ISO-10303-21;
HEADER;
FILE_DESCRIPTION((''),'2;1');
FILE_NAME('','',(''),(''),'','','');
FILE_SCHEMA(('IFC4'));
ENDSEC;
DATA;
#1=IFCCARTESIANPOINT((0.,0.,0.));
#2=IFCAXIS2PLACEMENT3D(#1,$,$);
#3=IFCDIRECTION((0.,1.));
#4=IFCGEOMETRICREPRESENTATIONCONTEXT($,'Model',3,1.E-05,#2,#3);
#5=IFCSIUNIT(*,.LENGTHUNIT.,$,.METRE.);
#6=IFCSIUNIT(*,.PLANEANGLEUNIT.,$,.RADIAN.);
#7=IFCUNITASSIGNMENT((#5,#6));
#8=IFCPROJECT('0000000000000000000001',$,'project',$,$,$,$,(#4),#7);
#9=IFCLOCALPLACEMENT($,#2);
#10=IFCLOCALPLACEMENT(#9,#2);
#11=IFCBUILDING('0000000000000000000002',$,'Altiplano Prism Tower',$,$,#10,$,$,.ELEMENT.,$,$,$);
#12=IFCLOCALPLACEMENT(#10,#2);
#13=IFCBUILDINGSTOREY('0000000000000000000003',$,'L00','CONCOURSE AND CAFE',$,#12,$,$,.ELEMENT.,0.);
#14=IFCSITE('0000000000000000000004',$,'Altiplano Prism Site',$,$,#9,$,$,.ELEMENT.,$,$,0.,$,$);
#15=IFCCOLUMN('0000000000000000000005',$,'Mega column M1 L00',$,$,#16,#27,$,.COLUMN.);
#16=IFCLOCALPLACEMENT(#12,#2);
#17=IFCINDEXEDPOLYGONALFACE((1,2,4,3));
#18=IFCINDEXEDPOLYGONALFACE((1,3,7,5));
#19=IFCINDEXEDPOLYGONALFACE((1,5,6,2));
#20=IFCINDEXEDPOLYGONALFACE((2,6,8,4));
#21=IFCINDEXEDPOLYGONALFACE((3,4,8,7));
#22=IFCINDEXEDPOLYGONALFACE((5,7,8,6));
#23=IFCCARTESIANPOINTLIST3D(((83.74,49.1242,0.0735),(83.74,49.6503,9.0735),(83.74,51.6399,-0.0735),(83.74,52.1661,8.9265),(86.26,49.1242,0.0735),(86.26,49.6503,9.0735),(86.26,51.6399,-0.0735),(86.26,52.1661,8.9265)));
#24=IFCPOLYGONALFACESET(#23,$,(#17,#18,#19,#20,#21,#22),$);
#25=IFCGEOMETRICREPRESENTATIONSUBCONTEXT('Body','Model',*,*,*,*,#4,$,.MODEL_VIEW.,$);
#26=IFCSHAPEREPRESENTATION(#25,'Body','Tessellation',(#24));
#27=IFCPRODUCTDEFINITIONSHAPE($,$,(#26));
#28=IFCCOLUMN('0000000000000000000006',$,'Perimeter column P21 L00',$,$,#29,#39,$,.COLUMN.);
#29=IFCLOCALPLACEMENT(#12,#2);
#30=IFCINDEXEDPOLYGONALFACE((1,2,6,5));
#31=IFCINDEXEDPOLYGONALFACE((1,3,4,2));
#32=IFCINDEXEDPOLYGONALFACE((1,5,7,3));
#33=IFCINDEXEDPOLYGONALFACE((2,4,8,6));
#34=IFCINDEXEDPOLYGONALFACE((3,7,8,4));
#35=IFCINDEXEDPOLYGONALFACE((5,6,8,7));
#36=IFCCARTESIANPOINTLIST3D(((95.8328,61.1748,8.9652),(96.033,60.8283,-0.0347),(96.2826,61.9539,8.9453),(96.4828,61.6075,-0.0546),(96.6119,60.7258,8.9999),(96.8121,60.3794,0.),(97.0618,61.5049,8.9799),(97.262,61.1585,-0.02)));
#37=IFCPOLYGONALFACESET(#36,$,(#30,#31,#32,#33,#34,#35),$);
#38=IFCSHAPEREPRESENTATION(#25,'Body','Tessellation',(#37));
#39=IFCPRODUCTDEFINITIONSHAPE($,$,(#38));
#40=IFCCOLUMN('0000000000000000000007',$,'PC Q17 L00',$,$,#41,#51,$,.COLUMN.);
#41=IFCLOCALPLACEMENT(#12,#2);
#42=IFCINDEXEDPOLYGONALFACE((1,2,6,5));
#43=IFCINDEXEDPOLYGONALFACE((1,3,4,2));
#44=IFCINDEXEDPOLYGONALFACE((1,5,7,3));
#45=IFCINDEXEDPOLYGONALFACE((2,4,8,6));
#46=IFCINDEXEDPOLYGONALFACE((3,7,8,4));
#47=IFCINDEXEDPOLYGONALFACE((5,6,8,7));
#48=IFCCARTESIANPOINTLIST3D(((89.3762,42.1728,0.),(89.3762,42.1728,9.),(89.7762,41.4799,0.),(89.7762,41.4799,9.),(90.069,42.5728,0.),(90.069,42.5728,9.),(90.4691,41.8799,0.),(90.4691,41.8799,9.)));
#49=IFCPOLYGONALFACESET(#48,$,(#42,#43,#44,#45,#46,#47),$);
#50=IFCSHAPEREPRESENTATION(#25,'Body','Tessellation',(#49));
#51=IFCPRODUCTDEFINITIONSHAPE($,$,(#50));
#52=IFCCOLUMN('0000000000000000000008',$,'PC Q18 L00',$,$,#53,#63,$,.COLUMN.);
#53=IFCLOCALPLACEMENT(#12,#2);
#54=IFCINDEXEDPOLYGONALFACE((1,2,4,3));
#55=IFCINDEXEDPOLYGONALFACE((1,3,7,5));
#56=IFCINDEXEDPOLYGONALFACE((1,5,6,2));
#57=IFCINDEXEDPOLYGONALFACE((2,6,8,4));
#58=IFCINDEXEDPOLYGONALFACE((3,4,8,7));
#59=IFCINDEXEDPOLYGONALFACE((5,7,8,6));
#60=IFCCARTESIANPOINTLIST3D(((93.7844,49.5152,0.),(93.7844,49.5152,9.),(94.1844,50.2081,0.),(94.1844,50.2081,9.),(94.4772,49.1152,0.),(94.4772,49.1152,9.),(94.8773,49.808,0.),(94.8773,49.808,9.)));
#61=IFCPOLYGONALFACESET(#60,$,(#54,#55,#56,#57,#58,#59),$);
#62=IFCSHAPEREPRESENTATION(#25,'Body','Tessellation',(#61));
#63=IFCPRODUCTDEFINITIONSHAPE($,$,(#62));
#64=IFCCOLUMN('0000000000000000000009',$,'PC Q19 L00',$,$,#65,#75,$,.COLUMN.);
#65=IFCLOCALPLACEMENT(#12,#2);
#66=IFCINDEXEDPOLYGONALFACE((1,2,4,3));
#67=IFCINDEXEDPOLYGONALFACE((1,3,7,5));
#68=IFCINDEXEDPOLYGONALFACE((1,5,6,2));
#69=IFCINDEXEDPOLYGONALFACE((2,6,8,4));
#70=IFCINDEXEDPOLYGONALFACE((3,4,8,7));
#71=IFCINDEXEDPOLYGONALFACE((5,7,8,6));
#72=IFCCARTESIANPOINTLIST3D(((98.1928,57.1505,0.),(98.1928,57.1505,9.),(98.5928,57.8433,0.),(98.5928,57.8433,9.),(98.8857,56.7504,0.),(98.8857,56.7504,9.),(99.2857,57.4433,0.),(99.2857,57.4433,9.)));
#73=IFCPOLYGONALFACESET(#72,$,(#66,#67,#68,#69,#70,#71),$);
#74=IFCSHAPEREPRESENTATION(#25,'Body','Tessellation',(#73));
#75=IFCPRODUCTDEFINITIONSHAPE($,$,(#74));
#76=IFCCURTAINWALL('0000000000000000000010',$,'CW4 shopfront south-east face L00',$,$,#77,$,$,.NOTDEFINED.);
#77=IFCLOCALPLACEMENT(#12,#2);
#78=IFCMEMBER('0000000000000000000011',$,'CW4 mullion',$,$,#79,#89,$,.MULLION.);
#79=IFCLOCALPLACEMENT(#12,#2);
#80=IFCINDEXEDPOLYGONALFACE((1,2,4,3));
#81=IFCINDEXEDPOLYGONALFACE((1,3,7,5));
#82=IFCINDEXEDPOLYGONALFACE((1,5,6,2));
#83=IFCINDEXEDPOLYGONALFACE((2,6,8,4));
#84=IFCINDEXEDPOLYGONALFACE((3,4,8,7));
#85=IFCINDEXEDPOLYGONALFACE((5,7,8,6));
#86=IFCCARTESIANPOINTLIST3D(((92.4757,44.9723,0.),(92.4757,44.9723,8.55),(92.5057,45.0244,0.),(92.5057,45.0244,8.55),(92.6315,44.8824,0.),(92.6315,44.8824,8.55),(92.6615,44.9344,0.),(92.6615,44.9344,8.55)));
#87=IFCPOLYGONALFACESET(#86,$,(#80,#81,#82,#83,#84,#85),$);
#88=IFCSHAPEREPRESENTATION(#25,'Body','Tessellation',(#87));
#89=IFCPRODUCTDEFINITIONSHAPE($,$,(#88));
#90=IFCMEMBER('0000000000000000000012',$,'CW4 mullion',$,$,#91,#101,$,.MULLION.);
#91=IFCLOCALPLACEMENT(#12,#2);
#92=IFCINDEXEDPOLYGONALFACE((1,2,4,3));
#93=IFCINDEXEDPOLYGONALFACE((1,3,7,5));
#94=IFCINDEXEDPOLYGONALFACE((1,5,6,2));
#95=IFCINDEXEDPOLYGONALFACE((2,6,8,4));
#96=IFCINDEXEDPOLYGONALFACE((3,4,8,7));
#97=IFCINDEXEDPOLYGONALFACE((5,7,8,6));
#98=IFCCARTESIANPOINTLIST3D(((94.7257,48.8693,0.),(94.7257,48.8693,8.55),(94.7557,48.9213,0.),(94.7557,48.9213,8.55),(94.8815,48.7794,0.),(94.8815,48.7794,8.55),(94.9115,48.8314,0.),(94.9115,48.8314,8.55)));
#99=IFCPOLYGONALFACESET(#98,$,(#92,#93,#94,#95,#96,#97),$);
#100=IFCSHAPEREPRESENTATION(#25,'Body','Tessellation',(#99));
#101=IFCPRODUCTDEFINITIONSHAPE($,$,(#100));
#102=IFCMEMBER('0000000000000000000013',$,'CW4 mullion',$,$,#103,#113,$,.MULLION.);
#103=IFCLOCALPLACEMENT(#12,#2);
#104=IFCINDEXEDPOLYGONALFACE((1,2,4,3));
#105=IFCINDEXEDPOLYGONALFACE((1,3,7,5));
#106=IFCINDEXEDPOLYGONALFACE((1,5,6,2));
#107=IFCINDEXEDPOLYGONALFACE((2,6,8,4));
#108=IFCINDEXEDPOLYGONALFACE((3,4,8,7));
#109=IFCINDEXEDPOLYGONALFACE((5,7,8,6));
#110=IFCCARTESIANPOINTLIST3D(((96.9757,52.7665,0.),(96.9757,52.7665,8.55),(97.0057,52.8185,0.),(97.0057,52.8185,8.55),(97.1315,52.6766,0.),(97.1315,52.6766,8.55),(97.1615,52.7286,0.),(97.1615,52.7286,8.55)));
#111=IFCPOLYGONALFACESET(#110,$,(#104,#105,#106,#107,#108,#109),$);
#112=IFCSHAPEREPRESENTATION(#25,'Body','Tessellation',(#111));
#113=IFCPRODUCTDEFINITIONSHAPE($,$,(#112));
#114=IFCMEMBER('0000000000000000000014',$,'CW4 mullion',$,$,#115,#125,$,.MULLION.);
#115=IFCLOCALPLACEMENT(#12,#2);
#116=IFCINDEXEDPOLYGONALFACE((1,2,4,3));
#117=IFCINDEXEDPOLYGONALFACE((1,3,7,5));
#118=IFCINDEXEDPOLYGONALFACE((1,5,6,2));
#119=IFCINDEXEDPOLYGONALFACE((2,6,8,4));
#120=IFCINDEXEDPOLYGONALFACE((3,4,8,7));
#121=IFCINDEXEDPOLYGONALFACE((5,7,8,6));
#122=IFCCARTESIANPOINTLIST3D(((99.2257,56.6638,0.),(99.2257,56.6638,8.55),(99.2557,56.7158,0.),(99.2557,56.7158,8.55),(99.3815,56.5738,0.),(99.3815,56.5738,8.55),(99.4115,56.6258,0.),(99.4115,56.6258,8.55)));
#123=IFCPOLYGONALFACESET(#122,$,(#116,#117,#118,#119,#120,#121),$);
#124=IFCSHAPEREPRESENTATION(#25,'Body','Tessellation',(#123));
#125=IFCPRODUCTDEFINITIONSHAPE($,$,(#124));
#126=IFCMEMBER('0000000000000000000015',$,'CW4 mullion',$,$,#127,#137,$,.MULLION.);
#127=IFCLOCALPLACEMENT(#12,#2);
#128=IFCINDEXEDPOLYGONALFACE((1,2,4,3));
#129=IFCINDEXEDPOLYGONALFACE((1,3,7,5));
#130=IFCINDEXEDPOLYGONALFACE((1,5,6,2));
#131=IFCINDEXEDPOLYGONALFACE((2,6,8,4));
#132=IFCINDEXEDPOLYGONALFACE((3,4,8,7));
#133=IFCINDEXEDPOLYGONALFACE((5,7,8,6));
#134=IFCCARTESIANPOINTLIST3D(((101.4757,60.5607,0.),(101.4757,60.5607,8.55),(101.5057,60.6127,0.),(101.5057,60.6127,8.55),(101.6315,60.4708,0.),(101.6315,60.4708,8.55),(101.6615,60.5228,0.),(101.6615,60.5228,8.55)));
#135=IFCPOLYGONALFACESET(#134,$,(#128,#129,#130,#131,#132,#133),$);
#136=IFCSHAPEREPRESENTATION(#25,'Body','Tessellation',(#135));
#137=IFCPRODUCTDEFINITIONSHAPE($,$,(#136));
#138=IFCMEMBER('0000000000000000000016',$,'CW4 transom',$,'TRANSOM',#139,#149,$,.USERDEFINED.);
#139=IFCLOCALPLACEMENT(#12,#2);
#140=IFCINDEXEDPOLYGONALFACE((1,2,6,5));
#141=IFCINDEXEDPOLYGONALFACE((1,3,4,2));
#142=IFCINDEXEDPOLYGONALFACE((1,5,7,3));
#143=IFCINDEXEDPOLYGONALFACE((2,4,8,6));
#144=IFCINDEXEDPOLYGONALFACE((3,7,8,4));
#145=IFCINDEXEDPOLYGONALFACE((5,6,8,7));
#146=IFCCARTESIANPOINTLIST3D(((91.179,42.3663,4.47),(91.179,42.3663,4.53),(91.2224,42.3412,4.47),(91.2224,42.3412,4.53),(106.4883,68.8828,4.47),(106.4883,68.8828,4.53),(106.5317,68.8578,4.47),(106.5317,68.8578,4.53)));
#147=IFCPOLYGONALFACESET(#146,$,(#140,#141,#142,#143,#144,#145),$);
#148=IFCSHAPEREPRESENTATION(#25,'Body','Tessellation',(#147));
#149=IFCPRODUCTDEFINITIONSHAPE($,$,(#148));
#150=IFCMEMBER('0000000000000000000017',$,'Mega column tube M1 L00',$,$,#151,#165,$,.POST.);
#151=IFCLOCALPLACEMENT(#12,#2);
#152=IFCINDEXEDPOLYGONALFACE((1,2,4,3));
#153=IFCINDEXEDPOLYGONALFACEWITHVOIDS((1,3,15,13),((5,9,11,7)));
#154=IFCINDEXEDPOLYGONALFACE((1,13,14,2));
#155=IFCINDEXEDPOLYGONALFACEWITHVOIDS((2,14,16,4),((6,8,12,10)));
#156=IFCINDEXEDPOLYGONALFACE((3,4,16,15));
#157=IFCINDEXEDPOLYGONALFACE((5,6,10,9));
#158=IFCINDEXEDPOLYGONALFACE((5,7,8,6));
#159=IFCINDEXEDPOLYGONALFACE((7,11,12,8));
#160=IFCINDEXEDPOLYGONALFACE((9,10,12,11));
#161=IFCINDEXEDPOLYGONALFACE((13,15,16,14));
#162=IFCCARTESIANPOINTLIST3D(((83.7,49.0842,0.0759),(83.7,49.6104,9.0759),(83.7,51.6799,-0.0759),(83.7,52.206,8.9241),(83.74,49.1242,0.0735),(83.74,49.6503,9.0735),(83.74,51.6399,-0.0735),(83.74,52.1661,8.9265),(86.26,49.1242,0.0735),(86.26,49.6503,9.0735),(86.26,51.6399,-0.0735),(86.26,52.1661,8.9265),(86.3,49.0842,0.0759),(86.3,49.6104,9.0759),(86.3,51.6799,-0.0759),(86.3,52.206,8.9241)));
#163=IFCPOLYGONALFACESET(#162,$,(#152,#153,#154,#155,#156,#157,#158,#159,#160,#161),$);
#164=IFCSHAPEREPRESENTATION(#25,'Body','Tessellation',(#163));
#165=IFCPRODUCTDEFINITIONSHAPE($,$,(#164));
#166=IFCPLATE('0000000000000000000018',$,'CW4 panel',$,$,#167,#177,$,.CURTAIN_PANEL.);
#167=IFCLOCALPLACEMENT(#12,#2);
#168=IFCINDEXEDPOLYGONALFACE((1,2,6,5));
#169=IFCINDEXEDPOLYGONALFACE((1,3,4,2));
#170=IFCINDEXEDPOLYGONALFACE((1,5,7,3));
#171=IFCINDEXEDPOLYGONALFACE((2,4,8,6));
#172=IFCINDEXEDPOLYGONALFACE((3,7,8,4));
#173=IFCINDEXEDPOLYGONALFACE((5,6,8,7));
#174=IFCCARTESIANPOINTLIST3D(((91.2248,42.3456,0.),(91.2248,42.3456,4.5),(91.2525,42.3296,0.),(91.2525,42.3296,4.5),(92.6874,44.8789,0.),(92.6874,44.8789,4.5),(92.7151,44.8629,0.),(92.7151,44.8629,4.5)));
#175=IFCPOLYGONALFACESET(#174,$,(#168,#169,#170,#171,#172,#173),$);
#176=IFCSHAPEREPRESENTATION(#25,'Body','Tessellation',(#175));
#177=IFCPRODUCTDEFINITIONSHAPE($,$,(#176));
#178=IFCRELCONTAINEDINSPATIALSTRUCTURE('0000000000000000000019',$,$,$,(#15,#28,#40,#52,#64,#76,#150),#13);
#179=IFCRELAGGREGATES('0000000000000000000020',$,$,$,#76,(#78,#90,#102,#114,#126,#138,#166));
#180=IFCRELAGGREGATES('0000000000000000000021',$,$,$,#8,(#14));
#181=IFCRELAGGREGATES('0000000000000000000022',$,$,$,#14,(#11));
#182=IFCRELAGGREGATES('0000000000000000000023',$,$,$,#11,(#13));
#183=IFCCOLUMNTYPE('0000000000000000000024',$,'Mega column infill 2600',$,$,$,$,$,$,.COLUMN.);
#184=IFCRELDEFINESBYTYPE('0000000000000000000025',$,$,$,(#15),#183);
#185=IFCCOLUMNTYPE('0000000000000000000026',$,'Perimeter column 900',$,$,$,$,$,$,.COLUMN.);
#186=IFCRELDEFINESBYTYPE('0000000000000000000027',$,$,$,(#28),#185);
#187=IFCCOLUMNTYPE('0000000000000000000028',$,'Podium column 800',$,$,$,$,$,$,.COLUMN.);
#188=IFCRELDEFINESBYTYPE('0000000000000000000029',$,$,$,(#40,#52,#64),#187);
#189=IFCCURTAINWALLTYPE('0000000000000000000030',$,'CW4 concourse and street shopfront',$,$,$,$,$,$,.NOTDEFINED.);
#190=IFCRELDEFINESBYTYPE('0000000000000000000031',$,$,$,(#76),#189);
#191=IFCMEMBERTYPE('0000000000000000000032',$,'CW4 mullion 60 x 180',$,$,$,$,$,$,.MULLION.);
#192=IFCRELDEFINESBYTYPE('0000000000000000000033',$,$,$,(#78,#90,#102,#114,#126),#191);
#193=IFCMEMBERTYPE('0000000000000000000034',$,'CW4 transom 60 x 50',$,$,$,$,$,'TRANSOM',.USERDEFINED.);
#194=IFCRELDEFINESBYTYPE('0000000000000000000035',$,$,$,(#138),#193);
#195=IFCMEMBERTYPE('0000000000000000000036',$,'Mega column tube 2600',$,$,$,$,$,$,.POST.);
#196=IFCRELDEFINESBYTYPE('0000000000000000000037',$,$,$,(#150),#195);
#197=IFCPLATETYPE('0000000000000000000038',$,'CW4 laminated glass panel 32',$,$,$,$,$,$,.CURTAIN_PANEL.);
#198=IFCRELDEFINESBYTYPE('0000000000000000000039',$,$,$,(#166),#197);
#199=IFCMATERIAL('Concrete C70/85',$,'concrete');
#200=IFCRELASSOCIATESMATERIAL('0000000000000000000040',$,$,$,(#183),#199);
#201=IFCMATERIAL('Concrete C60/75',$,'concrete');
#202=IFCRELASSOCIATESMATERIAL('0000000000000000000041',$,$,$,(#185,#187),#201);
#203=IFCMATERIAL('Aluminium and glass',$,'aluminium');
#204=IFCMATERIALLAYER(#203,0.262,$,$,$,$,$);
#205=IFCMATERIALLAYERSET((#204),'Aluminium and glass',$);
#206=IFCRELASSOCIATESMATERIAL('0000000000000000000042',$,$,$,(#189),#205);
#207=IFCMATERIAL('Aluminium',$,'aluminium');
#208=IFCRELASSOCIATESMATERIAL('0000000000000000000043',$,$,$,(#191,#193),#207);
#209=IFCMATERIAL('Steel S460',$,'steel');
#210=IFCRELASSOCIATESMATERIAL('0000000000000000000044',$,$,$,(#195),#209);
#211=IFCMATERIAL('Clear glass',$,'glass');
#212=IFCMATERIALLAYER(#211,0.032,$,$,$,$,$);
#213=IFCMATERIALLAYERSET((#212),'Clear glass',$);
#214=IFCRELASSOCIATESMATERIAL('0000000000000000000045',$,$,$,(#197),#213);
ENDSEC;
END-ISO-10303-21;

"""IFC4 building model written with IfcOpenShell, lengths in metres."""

from ifc_helpers import new_model, si_unit, direction, frame, origin, origin_2d, place, context, subcontext, project, spatial, rectangle, hollow_rectangle, extrude, material, layer, layer_set, material_profile, profile_set, type_object, element, aggregate, save


model = new_model("IFC4")

# Units and contexts
model_context = context("Model", 3, precision=1e-05, world=origin(), true_north=direction((0.0, 1.0)))
body_context = subcontext(model_context, "Body", "Model", "MODEL_VIEW")
ifc_project = project(units=[si_unit("LENGTHUNIT", "METRE"), si_unit("PLANEANGLEUNIT", "RADIAN")], contexts=[model_context])

# Site, building, storey
site_placement = place(None, origin())
site = spatial("IfcSite", under=ifc_project, at=site_placement, Name="Altiplano Prism Site", CompositionType="ELEMENT", RefElevation=0.0)
building_placement = place(site_placement, origin())
building = spatial("IfcBuilding", under=site, at=building_placement, Name="Altiplano Prism Tower", CompositionType="ELEMENT")
storey_placement = place(building_placement, origin())
storey = spatial("IfcBuildingStorey", under=building, at=storey_placement, Name="L00", Description="CONCOURSE AND CAFE", CompositionType="ELEMENT", Elevation=0.0)

# Columns
ifc_material_1 = material(Name="Concrete C70/85", Category="concrete")
ifc_material_profile_1 = material_profile(ifc_material_1, rectangle(XDim=2.52, YDim=2.52, at=origin_2d()), Name="Mega column infill 2600")
ifc_profile_set_1 = profile_set([ifc_material_profile_1], Name="Concrete C70/85")
column_type_1 = type_object("IfcColumnType", Name="Mega column infill 2600", PredefinedType="COLUMN", material=ifc_profile_set_1)
column_1_placement = place(storey_placement, frame((85.0, 50.3821, 0.0), z_axis=(0.0, 0.058358, 0.998296), x_axis=(-1.0, 0.0, 0.0)))
element("IfcColumn", 1, at=column_1_placement, inside=storey, type_object=column_type_1, Name="Mega column M1 L00", PredefinedType="COLUMN", context=body_context, shape_type="SweptSolid", body=[
    extrude(rectangle(XDim=2.52, YDim=2.52, at=origin_2d()), origin(), (0.0, 0.0, 1.0), 9.0154),
])
ifc_material_2 = material(Name="Concrete C60/75", Category="concrete")
ifc_material_profile_2 = material_profile(ifc_material_2, rectangle(XDim=0.8999, YDim=0.8999, at=origin_2d()), Name="Perimeter column 900")
ifc_profile_set_2 = profile_set([ifc_material_profile_2], Name="Concrete C60/75")
column_type_2 = type_object("IfcColumnType", Name="Perimeter column 900", PredefinedType="COLUMN", material=ifc_profile_set_2)
column_2_placement = place(storey_placement, frame((96.6475, 60.9934, -0.0273), z_axis=(-0.022222, 0.038455, 0.999013), x_axis=(-0.499908, -0.865794, 0.022207)))
element("IfcColumn", 2, at=column_2_placement, inside=storey, type_object=column_type_2, Name="Perimeter column P21 L00", PredefinedType="COLUMN", context=body_context, shape_type="SweptSolid", body=[
    extrude(rectangle(XDim=0.8999, YDim=0.8999, at=origin_2d()), origin(), (0.0, 0.0, 1.0), 9.0088),
])
ifc_material_profile_3 = material_profile(ifc_material_2, rectangle(XDim=0.8, YDim=0.8, at=origin_2d()), Name="Podium column 800")
ifc_profile_set_3 = profile_set([ifc_material_profile_3], Name="Concrete C60/75")
column_type_3 = type_object("IfcColumnType", Name="Podium column 800", PredefinedType="COLUMN", material=ifc_profile_set_3)
for number, where, z_axis, x_axis, name in (
    (3, (89.9226, 42.0264, 0.0), (0.0, 0.0, 1.0), (0.866025, 0.5, 0.0), "PC Q17 L00"),
    (4, (94.3308, 49.6616, 0.0), (0.0, 0.0, 1.0), (0.5, 0.866025, 0.0), "PC Q18 L00"),
    (5, (98.7393, 57.2969, 0.0), (0.0, 0.0, 1.0), (0.5, 0.866025, 0.0), "PC Q19 L00"),
):
    element("IfcColumn", number, at=place(storey_placement, frame(where, z_axis=z_axis, x_axis=x_axis)), inside=storey, type_object=column_type_3, Name=name, PredefinedType="COLUMN", context=body_context, shape_type="SweptSolid", body=[
        extrude(rectangle(XDim=0.8, YDim=0.8, at=origin_2d()), origin(), (0.0, 0.0, 1.0), 9.0),
    ])

# Curtain wall, members
ifc_material_3 = material(Name="Aluminium and glass", Category="aluminium")
ifc_layer_1 = layer(ifc_material_3, 0.262)
ifc_layer_set_1 = layer_set([ifc_layer_1], Name="Aluminium and glass")
curtain_wall_type = type_object("IfcCurtainWallType", Name="CW4 concourse and street shopfront", PredefinedType="NOTDEFINED", material=ifc_layer_set_1)
curtain_wall_placement = place(storey_placement, origin())
curtain_wall = element("IfcCurtainWall", 6, at=curtain_wall_placement, inside=storey, type_object=curtain_wall_type, Name="CW4 shopfront south-east face L00", PredefinedType="NOTDEFINED")
ifc_material_4 = material(Name="Aluminium", Category="aluminium")
ifc_material_profile_4 = material_profile(ifc_material_4, rectangle(XDim=0.1799, YDim=0.0601, at=origin_2d()), Name="CW4 mullion 60 x 180")
ifc_profile_set_4 = profile_set([ifc_material_profile_4], Name="Aluminium")
member_type_1 = type_object("IfcMemberType", Name="CW4 mullion 60 x 180", PredefinedType="MULLION", material=ifc_profile_set_4)
member_1_placement = place(storey_placement, frame((92.5686, 44.9534, 0.0), z_axis=(0.0, 0.0, 1.0), x_axis=(-0.866025, 0.5, 0.0)))
member_1 = element("IfcMember", 7, at=member_1_placement, type_object=member_type_1, Name="CW4 mullion", PredefinedType="MULLION", context=body_context, shape_type="SweptSolid", body=[
    extrude(rectangle(XDim=0.1799, YDim=0.0601, at=origin_2d()), origin(), (0.0, 0.0, 1.0), 8.55),
])
member_2_placement = place(storey_placement, frame((94.8186, 48.8503, 0.0), z_axis=(0.0, 0.0, 1.0), x_axis=(-0.866025, 0.5, 0.0)))
member_2 = element("IfcMember", 8, at=member_2_placement, type_object=member_type_1, Name="CW4 mullion", PredefinedType="MULLION", context=body_context, shape_type="SweptSolid", body=[
    extrude(rectangle(XDim=0.1799, YDim=0.0601, at=origin_2d()), origin(), (0.0, 0.0, 1.0), 8.55),
])
member_3_placement = place(storey_placement, frame((97.0686, 52.7476, 0.0), z_axis=(0.0, 0.0, 1.0), x_axis=(-0.866025, 0.5, 0.0)))
member_3 = element("IfcMember", 9, at=member_3_placement, type_object=member_type_1, Name="CW4 mullion", PredefinedType="MULLION", context=body_context, shape_type="SweptSolid", body=[
    extrude(rectangle(XDim=0.1799, YDim=0.0601, at=origin_2d()), origin(), (0.0, 0.0, 1.0), 8.55),
])
member_4_placement = place(storey_placement, frame((99.3186, 56.6448, 0.0), z_axis=(0.0, 0.0, 1.0), x_axis=(-0.866025, 0.5, 0.0)))
member_4 = element("IfcMember", 10, at=member_4_placement, type_object=member_type_1, Name="CW4 mullion", PredefinedType="MULLION", context=body_context, shape_type="SweptSolid", body=[
    extrude(rectangle(XDim=0.1799, YDim=0.0601, at=origin_2d()), origin(), (0.0, 0.0, 1.0), 8.55),
])
member_5_placement = place(storey_placement, frame((101.5686, 60.5417, 0.0), z_axis=(0.0, 0.0, 1.0), x_axis=(-0.866025, 0.5, 0.0)))
member_5 = element("IfcMember", 11, at=member_5_placement, type_object=member_type_1, Name="CW4 mullion", PredefinedType="MULLION", context=body_context, shape_type="SweptSolid", body=[
    extrude(rectangle(XDim=0.1799, YDim=0.0601, at=origin_2d()), origin(), (0.0, 0.0, 1.0), 8.55),
])
ifc_material_profile_5 = material_profile(ifc_material_4, rectangle(XDim=0.05, YDim=0.0601, at=origin_2d()), Name="CW4 transom 60 x 50")
ifc_profile_set_5 = profile_set([ifc_material_profile_5], Name="Aluminium")
member_type_2 = type_object("IfcMemberType", Name="CW4 transom 60 x 50", ElementType="TRANSOM", PredefinedType="USERDEFINED", material=ifc_profile_set_5)
member_6_placement = place(storey_placement, frame((91.2007, 42.3538, 4.5), z_axis=(0.499999, 0.866026, 0.0), x_axis=(-0.866026, 0.499999, 0.0)))
member_6 = element("IfcMember", 12, at=member_6_placement, type_object=member_type_2, Name="CW4 transom", ObjectType="TRANSOM", PredefinedType="USERDEFINED", context=body_context, shape_type="SweptSolid", body=[
    extrude(rectangle(XDim=0.05, YDim=0.0601, at=origin_2d()), origin(), (0.0, 0.0, 1.0), 30.6187),
])

# Member
ifc_material_5 = material(Name="Steel S460", Category="steel")
ifc_material_profile_6 = material_profile(ifc_material_5, hollow_rectangle(XDim=2.6001, YDim=2.6001, WallThickness=0.04, at=origin_2d()), Name="Mega column tube 2600")
ifc_profile_set_6 = profile_set([ifc_material_profile_6], Name="Steel S460")
member_type_3 = type_object("IfcMemberType", Name="Mega column tube 2600", PredefinedType="POST", material=ifc_profile_set_6)
member_7_placement = place(storey_placement, frame((85.0, 50.3821, 0.0), z_axis=(0.0, 0.058358, 0.998296), x_axis=(-1.0, 0.0, 0.0)))
element("IfcMember", 13, at=member_7_placement, inside=storey, type_object=member_type_3, Name="Mega column tube M1 L00", PredefinedType="POST", context=body_context, shape_type="SweptSolid", body=[
    extrude(hollow_rectangle(XDim=2.6001, YDim=2.6001, WallThickness=0.04, at=origin_2d()), origin(), (0.0, 0.0, 1.0), 9.0154),
])

# Plate
ifc_material_6 = material(Name="Clear glass", Category="glass")
ifc_layer_2 = layer(ifc_material_6, 0.032)
ifc_layer_set_2 = layer_set([ifc_layer_2], Name="Clear glass")
plate_type = type_object("IfcPlateType", Name="CW4 laminated glass panel 32", PredefinedType="CURTAIN_PANEL", material=ifc_layer_set_2)
plate_1_placement = place(storey_placement, frame((91.97, 43.6042, 0.0), z_axis=(0.0, 0.0, 1.0), x_axis=(0.5, 0.866025, 0.0)))
plate_1 = element("IfcPlate", 14, at=plate_1_placement, type_object=plate_type, Name="CW4 panel", PredefinedType="CURTAIN_PANEL", context=body_context, shape_type="SweptSolid", body=[
    extrude(rectangle(XDim=2.9253, YDim=0.032, at=origin_2d()), origin(), (0.0, 0.0, 1.0), 4.5),
])
aggregate(curtain_wall, [member_1, member_2, member_3, member_4, member_5, member_6, plate_1])

save(model, "model.ifc")
